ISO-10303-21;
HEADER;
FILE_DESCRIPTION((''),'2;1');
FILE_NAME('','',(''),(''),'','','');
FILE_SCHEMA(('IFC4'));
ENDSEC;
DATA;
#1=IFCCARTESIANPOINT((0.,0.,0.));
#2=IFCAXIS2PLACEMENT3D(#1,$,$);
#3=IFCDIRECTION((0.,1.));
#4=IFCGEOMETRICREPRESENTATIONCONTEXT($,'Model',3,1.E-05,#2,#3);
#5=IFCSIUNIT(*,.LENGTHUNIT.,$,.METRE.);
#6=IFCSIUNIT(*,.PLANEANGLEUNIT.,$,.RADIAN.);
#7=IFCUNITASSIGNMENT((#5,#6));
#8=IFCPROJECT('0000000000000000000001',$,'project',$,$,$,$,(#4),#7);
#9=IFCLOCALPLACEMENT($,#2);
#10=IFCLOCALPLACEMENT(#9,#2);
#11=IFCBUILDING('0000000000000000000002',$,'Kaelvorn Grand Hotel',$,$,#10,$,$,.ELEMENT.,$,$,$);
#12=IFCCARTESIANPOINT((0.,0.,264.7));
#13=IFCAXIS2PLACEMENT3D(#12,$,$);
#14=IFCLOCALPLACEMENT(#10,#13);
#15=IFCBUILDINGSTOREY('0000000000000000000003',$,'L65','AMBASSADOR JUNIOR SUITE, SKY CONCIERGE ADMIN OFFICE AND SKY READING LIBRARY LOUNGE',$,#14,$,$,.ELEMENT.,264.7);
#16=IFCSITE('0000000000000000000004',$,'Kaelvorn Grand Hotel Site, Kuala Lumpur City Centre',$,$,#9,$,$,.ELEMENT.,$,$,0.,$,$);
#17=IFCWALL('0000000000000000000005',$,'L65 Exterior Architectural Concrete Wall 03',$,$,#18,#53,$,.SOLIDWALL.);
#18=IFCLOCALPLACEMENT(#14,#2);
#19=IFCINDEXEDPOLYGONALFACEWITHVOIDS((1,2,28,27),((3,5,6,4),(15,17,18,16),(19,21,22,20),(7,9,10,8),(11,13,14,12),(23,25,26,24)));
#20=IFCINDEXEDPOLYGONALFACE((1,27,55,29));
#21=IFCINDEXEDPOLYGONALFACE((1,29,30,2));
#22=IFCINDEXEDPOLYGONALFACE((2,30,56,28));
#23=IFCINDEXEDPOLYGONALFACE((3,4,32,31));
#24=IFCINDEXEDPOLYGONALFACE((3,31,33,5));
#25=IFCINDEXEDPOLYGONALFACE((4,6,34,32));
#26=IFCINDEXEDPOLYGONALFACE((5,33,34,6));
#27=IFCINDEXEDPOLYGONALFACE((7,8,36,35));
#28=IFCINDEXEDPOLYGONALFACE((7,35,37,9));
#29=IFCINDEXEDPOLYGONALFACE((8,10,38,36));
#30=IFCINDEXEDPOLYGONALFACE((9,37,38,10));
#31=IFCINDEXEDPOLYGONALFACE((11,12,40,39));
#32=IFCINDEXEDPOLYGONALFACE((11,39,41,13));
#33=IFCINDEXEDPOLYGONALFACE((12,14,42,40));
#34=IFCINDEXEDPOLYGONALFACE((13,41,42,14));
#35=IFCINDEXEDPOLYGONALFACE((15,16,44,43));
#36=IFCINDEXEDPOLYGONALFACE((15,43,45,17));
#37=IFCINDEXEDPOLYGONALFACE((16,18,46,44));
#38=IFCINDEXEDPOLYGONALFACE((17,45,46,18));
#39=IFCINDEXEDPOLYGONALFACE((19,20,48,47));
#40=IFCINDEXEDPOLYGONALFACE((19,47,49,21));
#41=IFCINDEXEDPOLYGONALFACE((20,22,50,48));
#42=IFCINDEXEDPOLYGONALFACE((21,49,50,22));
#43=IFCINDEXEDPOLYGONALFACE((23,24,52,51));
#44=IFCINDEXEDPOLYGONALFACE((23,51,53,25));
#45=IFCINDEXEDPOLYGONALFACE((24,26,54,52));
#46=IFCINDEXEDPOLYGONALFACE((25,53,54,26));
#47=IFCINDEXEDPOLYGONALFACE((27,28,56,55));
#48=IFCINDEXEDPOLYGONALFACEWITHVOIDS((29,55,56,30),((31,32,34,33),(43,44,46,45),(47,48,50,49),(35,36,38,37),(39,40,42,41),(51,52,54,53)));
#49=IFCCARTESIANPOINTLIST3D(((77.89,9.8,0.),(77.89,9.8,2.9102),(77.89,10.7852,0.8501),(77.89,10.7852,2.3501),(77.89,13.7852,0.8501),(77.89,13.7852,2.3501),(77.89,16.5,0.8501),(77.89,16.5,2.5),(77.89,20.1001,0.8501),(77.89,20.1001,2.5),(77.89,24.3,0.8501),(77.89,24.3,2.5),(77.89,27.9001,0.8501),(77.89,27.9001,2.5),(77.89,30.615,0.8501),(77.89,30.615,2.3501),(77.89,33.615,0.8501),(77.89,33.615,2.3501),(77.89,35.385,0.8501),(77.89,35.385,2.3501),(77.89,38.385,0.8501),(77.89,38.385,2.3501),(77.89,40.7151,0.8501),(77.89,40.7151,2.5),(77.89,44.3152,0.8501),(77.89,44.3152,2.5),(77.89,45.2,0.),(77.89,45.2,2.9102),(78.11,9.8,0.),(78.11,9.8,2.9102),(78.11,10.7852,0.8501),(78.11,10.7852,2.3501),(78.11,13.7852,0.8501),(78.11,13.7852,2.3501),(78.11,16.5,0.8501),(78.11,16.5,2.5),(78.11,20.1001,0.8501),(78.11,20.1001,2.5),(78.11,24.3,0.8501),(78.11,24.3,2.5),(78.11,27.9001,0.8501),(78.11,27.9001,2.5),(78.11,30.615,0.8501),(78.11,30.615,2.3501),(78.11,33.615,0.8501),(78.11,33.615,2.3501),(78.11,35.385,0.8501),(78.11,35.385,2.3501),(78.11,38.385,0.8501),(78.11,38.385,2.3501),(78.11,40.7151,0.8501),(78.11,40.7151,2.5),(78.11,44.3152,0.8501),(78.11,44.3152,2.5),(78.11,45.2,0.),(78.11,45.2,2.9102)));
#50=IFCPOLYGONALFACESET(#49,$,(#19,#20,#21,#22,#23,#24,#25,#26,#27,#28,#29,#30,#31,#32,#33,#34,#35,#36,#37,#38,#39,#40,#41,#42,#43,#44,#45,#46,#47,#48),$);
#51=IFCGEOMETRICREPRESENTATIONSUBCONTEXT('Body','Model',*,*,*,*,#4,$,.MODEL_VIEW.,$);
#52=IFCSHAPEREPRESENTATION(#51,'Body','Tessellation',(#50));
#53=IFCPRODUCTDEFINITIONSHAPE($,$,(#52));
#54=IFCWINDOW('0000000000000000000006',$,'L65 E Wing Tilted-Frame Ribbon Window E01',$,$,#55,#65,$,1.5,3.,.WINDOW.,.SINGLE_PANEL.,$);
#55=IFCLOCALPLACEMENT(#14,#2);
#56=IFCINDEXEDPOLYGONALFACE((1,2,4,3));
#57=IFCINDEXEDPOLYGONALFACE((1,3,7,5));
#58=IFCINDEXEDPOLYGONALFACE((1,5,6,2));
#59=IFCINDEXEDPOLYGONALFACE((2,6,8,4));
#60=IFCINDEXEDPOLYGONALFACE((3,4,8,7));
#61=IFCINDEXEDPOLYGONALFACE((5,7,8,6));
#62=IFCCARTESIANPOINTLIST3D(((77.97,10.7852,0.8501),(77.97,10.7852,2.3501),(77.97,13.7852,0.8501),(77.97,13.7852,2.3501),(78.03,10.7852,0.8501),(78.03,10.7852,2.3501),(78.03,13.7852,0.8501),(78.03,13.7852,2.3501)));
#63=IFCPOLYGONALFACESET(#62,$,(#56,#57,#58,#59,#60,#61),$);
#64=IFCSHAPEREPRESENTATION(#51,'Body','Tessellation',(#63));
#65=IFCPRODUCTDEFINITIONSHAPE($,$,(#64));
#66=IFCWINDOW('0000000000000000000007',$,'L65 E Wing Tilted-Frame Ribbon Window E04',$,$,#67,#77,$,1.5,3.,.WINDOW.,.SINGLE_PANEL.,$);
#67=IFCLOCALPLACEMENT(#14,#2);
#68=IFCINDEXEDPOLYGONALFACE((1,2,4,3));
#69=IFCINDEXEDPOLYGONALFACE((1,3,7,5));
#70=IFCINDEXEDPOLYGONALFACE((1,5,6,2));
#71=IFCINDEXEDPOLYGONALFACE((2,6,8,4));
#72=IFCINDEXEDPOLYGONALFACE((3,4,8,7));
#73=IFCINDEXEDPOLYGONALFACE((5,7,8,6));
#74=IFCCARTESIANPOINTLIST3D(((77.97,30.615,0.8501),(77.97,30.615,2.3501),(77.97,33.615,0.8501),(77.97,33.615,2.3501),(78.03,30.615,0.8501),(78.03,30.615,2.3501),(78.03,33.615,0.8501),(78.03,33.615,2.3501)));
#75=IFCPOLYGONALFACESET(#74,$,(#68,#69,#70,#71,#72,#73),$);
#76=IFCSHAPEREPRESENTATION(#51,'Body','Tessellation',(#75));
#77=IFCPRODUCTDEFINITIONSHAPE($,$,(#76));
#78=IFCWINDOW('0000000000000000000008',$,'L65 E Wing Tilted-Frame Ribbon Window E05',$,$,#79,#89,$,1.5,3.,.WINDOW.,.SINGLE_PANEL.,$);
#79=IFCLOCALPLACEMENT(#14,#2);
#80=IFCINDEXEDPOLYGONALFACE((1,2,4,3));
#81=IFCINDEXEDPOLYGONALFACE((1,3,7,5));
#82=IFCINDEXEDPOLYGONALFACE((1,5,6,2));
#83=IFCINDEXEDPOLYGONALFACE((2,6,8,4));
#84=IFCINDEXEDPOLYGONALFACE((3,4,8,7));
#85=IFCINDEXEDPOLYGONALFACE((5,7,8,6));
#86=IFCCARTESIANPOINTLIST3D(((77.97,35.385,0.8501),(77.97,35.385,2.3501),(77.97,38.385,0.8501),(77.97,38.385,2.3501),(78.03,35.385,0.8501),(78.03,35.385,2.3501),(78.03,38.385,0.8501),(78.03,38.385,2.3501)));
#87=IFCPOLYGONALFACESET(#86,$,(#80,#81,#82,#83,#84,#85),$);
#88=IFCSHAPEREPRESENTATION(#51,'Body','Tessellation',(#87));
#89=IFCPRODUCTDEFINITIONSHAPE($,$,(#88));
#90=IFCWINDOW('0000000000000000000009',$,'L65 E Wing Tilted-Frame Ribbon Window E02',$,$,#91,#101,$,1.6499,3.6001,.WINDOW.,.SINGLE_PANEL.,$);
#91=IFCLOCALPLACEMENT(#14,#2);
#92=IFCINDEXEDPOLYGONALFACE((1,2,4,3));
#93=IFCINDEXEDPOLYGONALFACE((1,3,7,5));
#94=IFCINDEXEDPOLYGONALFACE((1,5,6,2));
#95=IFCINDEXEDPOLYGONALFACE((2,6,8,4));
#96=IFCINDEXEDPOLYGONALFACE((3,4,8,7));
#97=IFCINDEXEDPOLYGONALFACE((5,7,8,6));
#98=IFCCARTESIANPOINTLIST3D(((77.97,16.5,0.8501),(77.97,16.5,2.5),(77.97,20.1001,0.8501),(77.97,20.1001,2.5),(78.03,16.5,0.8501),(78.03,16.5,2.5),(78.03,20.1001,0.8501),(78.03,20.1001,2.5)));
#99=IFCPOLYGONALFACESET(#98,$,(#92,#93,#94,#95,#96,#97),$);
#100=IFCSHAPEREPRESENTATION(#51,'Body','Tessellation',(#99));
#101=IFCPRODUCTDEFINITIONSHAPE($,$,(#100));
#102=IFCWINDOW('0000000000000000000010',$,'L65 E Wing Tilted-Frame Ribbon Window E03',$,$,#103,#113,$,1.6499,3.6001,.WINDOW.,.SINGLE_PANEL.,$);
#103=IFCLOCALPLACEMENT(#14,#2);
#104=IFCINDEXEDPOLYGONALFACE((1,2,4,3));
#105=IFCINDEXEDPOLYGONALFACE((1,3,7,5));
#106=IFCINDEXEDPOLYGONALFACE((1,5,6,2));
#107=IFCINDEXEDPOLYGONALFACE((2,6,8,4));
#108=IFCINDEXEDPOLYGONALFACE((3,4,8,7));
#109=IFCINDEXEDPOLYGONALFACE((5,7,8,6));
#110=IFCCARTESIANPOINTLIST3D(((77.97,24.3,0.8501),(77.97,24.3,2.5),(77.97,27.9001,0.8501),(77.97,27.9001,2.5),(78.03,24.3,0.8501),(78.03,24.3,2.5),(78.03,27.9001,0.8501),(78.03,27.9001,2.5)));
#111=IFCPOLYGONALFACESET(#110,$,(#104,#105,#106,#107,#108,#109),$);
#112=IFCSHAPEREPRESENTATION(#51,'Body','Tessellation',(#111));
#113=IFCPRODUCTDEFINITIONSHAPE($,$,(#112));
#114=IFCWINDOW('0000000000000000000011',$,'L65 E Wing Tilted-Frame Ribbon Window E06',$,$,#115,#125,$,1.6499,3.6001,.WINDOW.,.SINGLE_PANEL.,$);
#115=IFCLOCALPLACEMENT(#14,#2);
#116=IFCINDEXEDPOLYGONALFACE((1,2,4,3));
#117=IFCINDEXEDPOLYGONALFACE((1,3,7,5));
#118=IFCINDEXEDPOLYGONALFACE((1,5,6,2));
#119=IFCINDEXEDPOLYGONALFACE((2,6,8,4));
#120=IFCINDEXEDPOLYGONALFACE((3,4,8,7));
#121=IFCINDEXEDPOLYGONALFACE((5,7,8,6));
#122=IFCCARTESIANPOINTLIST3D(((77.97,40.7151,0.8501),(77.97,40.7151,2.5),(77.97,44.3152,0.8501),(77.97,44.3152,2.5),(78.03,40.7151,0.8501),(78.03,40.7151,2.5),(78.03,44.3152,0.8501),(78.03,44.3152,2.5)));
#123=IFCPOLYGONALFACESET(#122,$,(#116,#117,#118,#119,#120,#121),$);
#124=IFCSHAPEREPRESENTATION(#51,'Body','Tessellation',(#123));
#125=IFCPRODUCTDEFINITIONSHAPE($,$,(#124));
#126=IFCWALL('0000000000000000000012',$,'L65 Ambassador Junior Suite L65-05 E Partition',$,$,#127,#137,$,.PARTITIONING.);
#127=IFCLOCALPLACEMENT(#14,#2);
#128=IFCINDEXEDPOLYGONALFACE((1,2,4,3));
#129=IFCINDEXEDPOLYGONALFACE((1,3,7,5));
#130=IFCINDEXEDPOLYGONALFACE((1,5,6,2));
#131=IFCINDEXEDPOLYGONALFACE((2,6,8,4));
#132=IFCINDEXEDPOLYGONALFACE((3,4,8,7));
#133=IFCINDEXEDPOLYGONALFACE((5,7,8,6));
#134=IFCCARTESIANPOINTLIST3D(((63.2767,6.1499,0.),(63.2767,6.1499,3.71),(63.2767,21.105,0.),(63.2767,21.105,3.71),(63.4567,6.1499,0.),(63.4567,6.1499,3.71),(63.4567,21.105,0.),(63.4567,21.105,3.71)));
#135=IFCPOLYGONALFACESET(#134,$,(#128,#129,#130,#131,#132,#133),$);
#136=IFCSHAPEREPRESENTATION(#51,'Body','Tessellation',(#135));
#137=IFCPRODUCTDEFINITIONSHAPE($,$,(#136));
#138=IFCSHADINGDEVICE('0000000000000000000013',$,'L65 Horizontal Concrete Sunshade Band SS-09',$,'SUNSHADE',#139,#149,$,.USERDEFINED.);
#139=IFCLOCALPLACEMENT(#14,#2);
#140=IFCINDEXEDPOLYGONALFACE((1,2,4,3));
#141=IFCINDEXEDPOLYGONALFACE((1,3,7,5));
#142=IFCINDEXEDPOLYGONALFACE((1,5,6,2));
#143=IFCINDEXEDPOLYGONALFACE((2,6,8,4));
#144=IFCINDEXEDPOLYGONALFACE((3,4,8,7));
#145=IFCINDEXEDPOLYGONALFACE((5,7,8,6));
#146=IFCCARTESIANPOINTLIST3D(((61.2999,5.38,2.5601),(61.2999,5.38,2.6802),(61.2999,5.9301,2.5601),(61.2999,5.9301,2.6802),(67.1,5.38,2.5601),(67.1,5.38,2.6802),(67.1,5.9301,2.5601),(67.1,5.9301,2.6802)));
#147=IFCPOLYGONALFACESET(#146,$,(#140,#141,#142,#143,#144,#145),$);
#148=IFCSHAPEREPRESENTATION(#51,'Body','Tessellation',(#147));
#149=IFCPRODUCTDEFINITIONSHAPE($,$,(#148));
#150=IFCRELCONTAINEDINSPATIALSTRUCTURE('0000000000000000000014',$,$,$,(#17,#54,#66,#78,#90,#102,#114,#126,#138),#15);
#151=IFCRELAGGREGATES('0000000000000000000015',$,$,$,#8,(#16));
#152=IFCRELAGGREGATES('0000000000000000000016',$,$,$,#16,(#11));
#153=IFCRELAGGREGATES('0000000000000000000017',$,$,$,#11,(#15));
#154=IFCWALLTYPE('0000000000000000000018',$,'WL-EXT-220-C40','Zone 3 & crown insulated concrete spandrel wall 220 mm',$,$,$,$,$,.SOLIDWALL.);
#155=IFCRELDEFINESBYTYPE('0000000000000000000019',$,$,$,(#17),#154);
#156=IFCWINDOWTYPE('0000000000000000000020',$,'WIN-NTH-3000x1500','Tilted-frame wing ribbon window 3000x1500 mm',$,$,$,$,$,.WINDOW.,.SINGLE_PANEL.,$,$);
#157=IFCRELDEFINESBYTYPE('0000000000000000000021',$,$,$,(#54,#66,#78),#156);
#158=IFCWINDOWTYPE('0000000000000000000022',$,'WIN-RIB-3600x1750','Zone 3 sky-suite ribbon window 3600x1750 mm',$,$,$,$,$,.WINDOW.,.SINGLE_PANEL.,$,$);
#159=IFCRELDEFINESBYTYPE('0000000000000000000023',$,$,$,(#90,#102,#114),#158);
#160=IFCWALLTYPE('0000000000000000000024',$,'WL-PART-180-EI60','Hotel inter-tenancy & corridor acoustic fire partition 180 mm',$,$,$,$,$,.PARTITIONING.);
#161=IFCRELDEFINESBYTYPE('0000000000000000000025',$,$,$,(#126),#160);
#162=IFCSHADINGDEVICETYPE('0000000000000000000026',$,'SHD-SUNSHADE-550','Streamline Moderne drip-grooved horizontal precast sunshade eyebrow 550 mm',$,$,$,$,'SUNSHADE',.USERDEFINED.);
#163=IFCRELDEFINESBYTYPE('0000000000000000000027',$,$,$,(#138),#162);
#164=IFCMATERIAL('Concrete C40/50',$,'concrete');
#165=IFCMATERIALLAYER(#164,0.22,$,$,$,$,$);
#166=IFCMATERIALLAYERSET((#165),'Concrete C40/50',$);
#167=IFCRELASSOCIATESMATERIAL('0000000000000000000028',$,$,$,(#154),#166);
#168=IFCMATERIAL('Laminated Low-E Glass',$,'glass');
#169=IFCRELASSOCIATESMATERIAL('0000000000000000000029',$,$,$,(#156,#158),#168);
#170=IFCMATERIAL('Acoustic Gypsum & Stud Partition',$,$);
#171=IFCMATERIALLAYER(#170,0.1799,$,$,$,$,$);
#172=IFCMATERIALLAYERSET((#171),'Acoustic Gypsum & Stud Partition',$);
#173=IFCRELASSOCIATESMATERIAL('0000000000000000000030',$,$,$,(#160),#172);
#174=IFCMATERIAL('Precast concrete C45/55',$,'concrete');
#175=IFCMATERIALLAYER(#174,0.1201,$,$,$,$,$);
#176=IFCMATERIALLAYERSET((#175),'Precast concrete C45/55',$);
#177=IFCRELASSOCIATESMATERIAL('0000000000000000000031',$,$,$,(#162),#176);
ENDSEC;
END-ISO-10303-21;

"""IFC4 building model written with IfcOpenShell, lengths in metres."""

from ifc_helpers import new_model, si_unit, direction, frame, frame_2d, origin, origin_2d, place, context, subcontext, project, spatial, rectangle, extrude, material, layer, layer_set, type_object, element, fill, save


model = new_model("IFC4")

# Units and contexts
model_context = context("Model", 3, precision=1e-05, world=origin(), true_north=direction((0.0, 1.0)))
body_context = subcontext(model_context, "Body", "Model", "MODEL_VIEW")
ifc_project = project(units=[si_unit("LENGTHUNIT", "METRE"), si_unit("PLANEANGLEUNIT", "RADIAN")], contexts=[model_context])

# Site, building, storey
site_placement = place(None, origin())
site = spatial("IfcSite", under=ifc_project, at=site_placement, Name="Kaelvorn Grand Hotel Site, Kuala Lumpur City Centre", CompositionType="ELEMENT", RefElevation=0.0)
building_placement = place(site_placement, origin())
building = spatial("IfcBuilding", under=site, at=building_placement, Name="Kaelvorn Grand Hotel", CompositionType="ELEMENT")
storey_placement = place(building_placement, frame((0.0, 0.0, 264.7)))
storey = spatial("IfcBuildingStorey", under=building, at=storey_placement, Name="L65", Description="AMBASSADOR JUNIOR SUITE, SKY CONCIERGE ADMIN OFFICE AND SKY READING LIBRARY LOUNGE", CompositionType="ELEMENT", Elevation=264.7)

# Shared definitions
ifc_material_1 = material(Name="Concrete C40/50", Category="concrete")

# Shared definitions
ifc_material_2 = material(Name="Precast concrete C45/55", Category="concrete")

# Shared definitions
ifc_layer_1 = layer(ifc_material_1, 0.22)
ifc_layer_set_1 = layer_set([ifc_layer_1], Name="Concrete C40/50")
wall_type_1 = type_object("IfcWallType", Name="WL-EXT-220-C40", Description="Zone 3 & crown insulated concrete spandrel wall 220 mm", PredefinedType="SOLIDWALL", material=ifc_layer_set_1)
ifc_material_3 = material(Name="Laminated Low-E Glass", Category="glass")

# Wall, openings, windows
wall_1_placement = place(storey_placement, frame((78.0, 9.8, 0.0), z_axis=(0.0, 0.0, 1.0), x_axis=(0.0, 1.0, 0.0)))
wall_1 = element("IfcWall", 1, at=wall_1_placement, inside=storey, type_object=wall_type_1, Name="L65 Exterior Architectural Concrete Wall 03", PredefinedType="SOLIDWALL", context=body_context, shape_type="SweptSolid", body=[
    extrude(rectangle(XDim=35.3999, YDim=0.22, at=frame_2d((17.7, 0.0))), origin(), (0.0, 0.0, 1.0), 2.9102),
])
opening_1_placement = place(wall_1_placement, frame((0.9851, 0.0, 0.8501)))
opening_1 = element("IfcOpeningElement", 2, at=opening_1_placement, cuts=wall_1, PredefinedType="OPENING", context=body_context, shape_type="SweptSolid", body=[
    extrude(rectangle(XDim=3.0, YDim=1.5, at=frame_2d((1.5, 0.75))), frame((0.0, 0.1201, 0.0), z_axis=(0.0, -1.0, 0.0), x_axis=(1.0, 0.0, 0.0)), (0.0, 0.0, 1.0), 0.24),
])
opening_2_placement = place(wall_1_placement, frame((6.7, 0.0, 0.8501)))
opening_2 = element("IfcOpeningElement", 3, at=opening_2_placement, cuts=wall_1, PredefinedType="OPENING", context=body_context, shape_type="SweptSolid", body=[
    extrude(rectangle(XDim=3.6001, YDim=1.6499, at=frame_2d((1.8, 0.825))), frame((0.0, 0.1201, 0.0), z_axis=(0.0, -1.0, 0.0), x_axis=(1.0, 0.0, 0.0)), (0.0, 0.0, 1.0), 0.24),
])
opening_3_placement = place(wall_1_placement, frame((14.5, 0.0, 0.8501)))
opening_3 = element("IfcOpeningElement", 4, at=opening_3_placement, cuts=wall_1, PredefinedType="OPENING", context=body_context, shape_type="SweptSolid", body=[
    extrude(rectangle(XDim=3.6001, YDim=1.6499, at=frame_2d((1.8, 0.825))), frame((0.0, 0.1201, 0.0), z_axis=(0.0, -1.0, 0.0), x_axis=(1.0, 0.0, 0.0)), (0.0, 0.0, 1.0), 0.24),
])
opening_4_placement = place(wall_1_placement, frame((20.8149, 0.0, 0.8501)))
opening_4 = element("IfcOpeningElement", 5, at=opening_4_placement, cuts=wall_1, PredefinedType="OPENING", context=body_context, shape_type="SweptSolid", body=[
    extrude(rectangle(XDim=3.0, YDim=1.5, at=frame_2d((1.5, 0.75))), frame((0.0, 0.1201, 0.0), z_axis=(0.0, -1.0, 0.0), x_axis=(1.0, 0.0, 0.0)), (0.0, 0.0, 1.0), 0.24),
])
opening_5_placement = place(wall_1_placement, frame((25.585, 0.0, 0.8501)))
opening_5 = element("IfcOpeningElement", 6, at=opening_5_placement, cuts=wall_1, PredefinedType="OPENING", context=body_context, shape_type="SweptSolid", body=[
    extrude(rectangle(XDim=3.0, YDim=1.5, at=frame_2d((1.5, 0.75))), frame((0.0, 0.1201, 0.0), z_axis=(0.0, -1.0, 0.0), x_axis=(1.0, 0.0, 0.0)), (0.0, 0.0, 1.0), 0.24),
])
opening_6_placement = place(wall_1_placement, frame((30.915, 0.0, 0.8501)))
opening_6 = element("IfcOpeningElement", 7, at=opening_6_placement, cuts=wall_1, PredefinedType="OPENING", context=body_context, shape_type="SweptSolid", body=[
    extrude(rectangle(XDim=3.6001, YDim=1.6499, at=frame_2d((1.8, 0.825))), frame((0.0, 0.1201, 0.0), z_axis=(0.0, -1.0, 0.0), x_axis=(1.0, 0.0, 0.0)), (0.0, 0.0, 1.0), 0.24),
])
window_type_1 = type_object("IfcWindowType", Name="WIN-NTH-3000x1500", Description="Tilted-frame wing ribbon window 3000x1500 mm", PartitioningType="SINGLE_PANEL", PredefinedType="WINDOW", material=ifc_material_3)
window_1_placement = place(opening_1_placement, origin())
window_1 = element("IfcWindow", 8, at=window_1_placement, inside=storey, type_object=window_type_1, Name="L65 E Wing Tilted-Frame Ribbon Window E01", OverallHeight=1.5, OverallWidth=3.0, PartitioningType="SINGLE_PANEL", PredefinedType="WINDOW", context=body_context, shape_type="SweptSolid", body=[
    extrude(rectangle(XDim=3.0, YDim=1.5, at=frame_2d((1.5, 0.75))), frame((0.0, 0.03, 0.0), z_axis=(0.0, -1.0, 0.0), x_axis=(1.0, 0.0, 0.0)), (0.0, 0.0, 1.0), 0.0601),
])
fill(opening_1, window_1)
window_2_placement = place(opening_4_placement, origin())
window_2 = element("IfcWindow", 9, at=window_2_placement, inside=storey, type_object=window_type_1, Name="L65 E Wing Tilted-Frame Ribbon Window E04", OverallHeight=1.5, OverallWidth=3.0, PartitioningType="SINGLE_PANEL", PredefinedType="WINDOW", context=body_context, shape_type="SweptSolid", body=[
    extrude(rectangle(XDim=3.0, YDim=1.5, at=frame_2d((1.5, 0.75))), frame((0.0, 0.03, 0.0), z_axis=(0.0, -1.0, 0.0), x_axis=(1.0, 0.0, 0.0)), (0.0, 0.0, 1.0), 0.0601),
])
fill(opening_4, window_2)
window_3_placement = place(opening_5_placement, origin())
window_3 = element("IfcWindow", 10, at=window_3_placement, inside=storey, type_object=window_type_1, Name="L65 E Wing Tilted-Frame Ribbon Window E05", OverallHeight=1.5, OverallWidth=3.0, PartitioningType="SINGLE_PANEL", PredefinedType="WINDOW", context=body_context, shape_type="SweptSolid", body=[
    extrude(rectangle(XDim=3.0, YDim=1.5, at=frame_2d((1.5, 0.75))), frame((0.0, 0.03, 0.0), z_axis=(0.0, -1.0, 0.0), x_axis=(1.0, 0.0, 0.0)), (0.0, 0.0, 1.0), 0.0601),
])
fill(opening_5, window_3)
window_type_2 = type_object("IfcWindowType", Name="WIN-RIB-3600x1750", Description="Zone 3 sky-suite ribbon window 3600x1750 mm", PartitioningType="SINGLE_PANEL", PredefinedType="WINDOW", material=ifc_material_3)
window_4_placement = place(opening_2_placement, origin())
window_4 = element("IfcWindow", 11, at=window_4_placement, inside=storey, type_object=window_type_2, Name="L65 E Wing Tilted-Frame Ribbon Window E02", OverallHeight=1.6499, OverallWidth=3.6001, PartitioningType="SINGLE_PANEL", PredefinedType="WINDOW", context=body_context, shape_type="SweptSolid", body=[
    extrude(rectangle(XDim=3.6001, YDim=1.6499, at=frame_2d((1.8, 0.825))), frame((0.0, 0.03, 0.0), z_axis=(0.0, -1.0, 0.0), x_axis=(1.0, 0.0, 0.0)), (0.0, 0.0, 1.0), 0.0601),
])
fill(opening_2, window_4)
window_5_placement = place(opening_3_placement, origin())
window_5 = element("IfcWindow", 12, at=window_5_placement, inside=storey, type_object=window_type_2, Name="L65 E Wing Tilted-Frame Ribbon Window E03", OverallHeight=1.6499, OverallWidth=3.6001, PartitioningType="SINGLE_PANEL", PredefinedType="WINDOW", context=body_context, shape_type="SweptSolid", body=[
    extrude(rectangle(XDim=3.6001, YDim=1.6499, at=frame_2d((1.8, 0.825))), frame((0.0, 0.03, 0.0), z_axis=(0.0, -1.0, 0.0), x_axis=(1.0, 0.0, 0.0)), (0.0, 0.0, 1.0), 0.0601),
])
fill(opening_3, window_5)
window_6_placement = place(opening_6_placement, origin())
window_6 = element("IfcWindow", 13, at=window_6_placement, inside=storey, type_object=window_type_2, Name="L65 E Wing Tilted-Frame Ribbon Window E06", OverallHeight=1.6499, OverallWidth=3.6001, PartitioningType="SINGLE_PANEL", PredefinedType="WINDOW", context=body_context, shape_type="SweptSolid", body=[
    extrude(rectangle(XDim=3.6001, YDim=1.6499, at=frame_2d((1.8, 0.825))), frame((0.0, 0.03, 0.0), z_axis=(0.0, -1.0, 0.0), x_axis=(1.0, 0.0, 0.0)), (0.0, 0.0, 1.0), 0.0601),
])
fill(opening_6, window_6)

# Wall
ifc_material_4 = material(Name="Acoustic Gypsum & Stud Partition")
ifc_layer_2 = layer(ifc_material_4, 0.1799)
ifc_layer_set_2 = layer_set([ifc_layer_2], Name="Acoustic Gypsum & Stud Partition")
wall_type_2 = type_object("IfcWallType", Name="WL-PART-180-EI60", Description="Hotel inter-tenancy & corridor acoustic fire partition 180 mm", PredefinedType="PARTITIONING", material=ifc_layer_set_2)
wall_2_placement = place(storey_placement, frame((63.3667, 6.1499, 0.0), z_axis=(0.0, 0.0, 1.0), x_axis=(0.0, 1.0, 0.0)))
element("IfcWall", 14, at=wall_2_placement, inside=storey, type_object=wall_type_2, Name="L65 Ambassador Junior Suite L65-05 E Partition", PredefinedType="PARTITIONING", context=body_context, shape_type="SweptSolid", body=[
    extrude(rectangle(XDim=14.9551, YDim=0.1799, at=frame_2d((7.4775, 0.0))), origin(), (0.0, 0.0, 1.0), 3.71),
])

# Shading device
ifc_layer_3 = layer(ifc_material_2, 0.1201)
ifc_layer_set_3 = layer_set([ifc_layer_3], Name="Precast concrete C45/55")
shading_device_type = type_object("IfcShadingDeviceType", Name="SHD-SUNSHADE-550", Description="Streamline Moderne drip-grooved horizontal precast sunshade eyebrow 550 mm", ElementType="SUNSHADE", PredefinedType="USERDEFINED", material=ifc_layer_set_3)
shading_device_placement = place(storey_placement, frame((64.2, 5.655, 2.5601), z_axis=(0.0, 0.0, 1.0), x_axis=(1.0, 0.0, 0.0)))
element("IfcShadingDevice", 15, at=shading_device_placement, inside=storey, type_object=shading_device_type, Name="L65 Horizontal Concrete Sunshade Band SS-09", ObjectType="SUNSHADE", PredefinedType="USERDEFINED", context=body_context, shape_type="SweptSolid", body=[
    extrude(rectangle(XDim=5.8, YDim=0.55, at=origin_2d()), origin(), (0.0, 0.0, 1.0), 0.1201),
])

save(model, "model.ifc")
